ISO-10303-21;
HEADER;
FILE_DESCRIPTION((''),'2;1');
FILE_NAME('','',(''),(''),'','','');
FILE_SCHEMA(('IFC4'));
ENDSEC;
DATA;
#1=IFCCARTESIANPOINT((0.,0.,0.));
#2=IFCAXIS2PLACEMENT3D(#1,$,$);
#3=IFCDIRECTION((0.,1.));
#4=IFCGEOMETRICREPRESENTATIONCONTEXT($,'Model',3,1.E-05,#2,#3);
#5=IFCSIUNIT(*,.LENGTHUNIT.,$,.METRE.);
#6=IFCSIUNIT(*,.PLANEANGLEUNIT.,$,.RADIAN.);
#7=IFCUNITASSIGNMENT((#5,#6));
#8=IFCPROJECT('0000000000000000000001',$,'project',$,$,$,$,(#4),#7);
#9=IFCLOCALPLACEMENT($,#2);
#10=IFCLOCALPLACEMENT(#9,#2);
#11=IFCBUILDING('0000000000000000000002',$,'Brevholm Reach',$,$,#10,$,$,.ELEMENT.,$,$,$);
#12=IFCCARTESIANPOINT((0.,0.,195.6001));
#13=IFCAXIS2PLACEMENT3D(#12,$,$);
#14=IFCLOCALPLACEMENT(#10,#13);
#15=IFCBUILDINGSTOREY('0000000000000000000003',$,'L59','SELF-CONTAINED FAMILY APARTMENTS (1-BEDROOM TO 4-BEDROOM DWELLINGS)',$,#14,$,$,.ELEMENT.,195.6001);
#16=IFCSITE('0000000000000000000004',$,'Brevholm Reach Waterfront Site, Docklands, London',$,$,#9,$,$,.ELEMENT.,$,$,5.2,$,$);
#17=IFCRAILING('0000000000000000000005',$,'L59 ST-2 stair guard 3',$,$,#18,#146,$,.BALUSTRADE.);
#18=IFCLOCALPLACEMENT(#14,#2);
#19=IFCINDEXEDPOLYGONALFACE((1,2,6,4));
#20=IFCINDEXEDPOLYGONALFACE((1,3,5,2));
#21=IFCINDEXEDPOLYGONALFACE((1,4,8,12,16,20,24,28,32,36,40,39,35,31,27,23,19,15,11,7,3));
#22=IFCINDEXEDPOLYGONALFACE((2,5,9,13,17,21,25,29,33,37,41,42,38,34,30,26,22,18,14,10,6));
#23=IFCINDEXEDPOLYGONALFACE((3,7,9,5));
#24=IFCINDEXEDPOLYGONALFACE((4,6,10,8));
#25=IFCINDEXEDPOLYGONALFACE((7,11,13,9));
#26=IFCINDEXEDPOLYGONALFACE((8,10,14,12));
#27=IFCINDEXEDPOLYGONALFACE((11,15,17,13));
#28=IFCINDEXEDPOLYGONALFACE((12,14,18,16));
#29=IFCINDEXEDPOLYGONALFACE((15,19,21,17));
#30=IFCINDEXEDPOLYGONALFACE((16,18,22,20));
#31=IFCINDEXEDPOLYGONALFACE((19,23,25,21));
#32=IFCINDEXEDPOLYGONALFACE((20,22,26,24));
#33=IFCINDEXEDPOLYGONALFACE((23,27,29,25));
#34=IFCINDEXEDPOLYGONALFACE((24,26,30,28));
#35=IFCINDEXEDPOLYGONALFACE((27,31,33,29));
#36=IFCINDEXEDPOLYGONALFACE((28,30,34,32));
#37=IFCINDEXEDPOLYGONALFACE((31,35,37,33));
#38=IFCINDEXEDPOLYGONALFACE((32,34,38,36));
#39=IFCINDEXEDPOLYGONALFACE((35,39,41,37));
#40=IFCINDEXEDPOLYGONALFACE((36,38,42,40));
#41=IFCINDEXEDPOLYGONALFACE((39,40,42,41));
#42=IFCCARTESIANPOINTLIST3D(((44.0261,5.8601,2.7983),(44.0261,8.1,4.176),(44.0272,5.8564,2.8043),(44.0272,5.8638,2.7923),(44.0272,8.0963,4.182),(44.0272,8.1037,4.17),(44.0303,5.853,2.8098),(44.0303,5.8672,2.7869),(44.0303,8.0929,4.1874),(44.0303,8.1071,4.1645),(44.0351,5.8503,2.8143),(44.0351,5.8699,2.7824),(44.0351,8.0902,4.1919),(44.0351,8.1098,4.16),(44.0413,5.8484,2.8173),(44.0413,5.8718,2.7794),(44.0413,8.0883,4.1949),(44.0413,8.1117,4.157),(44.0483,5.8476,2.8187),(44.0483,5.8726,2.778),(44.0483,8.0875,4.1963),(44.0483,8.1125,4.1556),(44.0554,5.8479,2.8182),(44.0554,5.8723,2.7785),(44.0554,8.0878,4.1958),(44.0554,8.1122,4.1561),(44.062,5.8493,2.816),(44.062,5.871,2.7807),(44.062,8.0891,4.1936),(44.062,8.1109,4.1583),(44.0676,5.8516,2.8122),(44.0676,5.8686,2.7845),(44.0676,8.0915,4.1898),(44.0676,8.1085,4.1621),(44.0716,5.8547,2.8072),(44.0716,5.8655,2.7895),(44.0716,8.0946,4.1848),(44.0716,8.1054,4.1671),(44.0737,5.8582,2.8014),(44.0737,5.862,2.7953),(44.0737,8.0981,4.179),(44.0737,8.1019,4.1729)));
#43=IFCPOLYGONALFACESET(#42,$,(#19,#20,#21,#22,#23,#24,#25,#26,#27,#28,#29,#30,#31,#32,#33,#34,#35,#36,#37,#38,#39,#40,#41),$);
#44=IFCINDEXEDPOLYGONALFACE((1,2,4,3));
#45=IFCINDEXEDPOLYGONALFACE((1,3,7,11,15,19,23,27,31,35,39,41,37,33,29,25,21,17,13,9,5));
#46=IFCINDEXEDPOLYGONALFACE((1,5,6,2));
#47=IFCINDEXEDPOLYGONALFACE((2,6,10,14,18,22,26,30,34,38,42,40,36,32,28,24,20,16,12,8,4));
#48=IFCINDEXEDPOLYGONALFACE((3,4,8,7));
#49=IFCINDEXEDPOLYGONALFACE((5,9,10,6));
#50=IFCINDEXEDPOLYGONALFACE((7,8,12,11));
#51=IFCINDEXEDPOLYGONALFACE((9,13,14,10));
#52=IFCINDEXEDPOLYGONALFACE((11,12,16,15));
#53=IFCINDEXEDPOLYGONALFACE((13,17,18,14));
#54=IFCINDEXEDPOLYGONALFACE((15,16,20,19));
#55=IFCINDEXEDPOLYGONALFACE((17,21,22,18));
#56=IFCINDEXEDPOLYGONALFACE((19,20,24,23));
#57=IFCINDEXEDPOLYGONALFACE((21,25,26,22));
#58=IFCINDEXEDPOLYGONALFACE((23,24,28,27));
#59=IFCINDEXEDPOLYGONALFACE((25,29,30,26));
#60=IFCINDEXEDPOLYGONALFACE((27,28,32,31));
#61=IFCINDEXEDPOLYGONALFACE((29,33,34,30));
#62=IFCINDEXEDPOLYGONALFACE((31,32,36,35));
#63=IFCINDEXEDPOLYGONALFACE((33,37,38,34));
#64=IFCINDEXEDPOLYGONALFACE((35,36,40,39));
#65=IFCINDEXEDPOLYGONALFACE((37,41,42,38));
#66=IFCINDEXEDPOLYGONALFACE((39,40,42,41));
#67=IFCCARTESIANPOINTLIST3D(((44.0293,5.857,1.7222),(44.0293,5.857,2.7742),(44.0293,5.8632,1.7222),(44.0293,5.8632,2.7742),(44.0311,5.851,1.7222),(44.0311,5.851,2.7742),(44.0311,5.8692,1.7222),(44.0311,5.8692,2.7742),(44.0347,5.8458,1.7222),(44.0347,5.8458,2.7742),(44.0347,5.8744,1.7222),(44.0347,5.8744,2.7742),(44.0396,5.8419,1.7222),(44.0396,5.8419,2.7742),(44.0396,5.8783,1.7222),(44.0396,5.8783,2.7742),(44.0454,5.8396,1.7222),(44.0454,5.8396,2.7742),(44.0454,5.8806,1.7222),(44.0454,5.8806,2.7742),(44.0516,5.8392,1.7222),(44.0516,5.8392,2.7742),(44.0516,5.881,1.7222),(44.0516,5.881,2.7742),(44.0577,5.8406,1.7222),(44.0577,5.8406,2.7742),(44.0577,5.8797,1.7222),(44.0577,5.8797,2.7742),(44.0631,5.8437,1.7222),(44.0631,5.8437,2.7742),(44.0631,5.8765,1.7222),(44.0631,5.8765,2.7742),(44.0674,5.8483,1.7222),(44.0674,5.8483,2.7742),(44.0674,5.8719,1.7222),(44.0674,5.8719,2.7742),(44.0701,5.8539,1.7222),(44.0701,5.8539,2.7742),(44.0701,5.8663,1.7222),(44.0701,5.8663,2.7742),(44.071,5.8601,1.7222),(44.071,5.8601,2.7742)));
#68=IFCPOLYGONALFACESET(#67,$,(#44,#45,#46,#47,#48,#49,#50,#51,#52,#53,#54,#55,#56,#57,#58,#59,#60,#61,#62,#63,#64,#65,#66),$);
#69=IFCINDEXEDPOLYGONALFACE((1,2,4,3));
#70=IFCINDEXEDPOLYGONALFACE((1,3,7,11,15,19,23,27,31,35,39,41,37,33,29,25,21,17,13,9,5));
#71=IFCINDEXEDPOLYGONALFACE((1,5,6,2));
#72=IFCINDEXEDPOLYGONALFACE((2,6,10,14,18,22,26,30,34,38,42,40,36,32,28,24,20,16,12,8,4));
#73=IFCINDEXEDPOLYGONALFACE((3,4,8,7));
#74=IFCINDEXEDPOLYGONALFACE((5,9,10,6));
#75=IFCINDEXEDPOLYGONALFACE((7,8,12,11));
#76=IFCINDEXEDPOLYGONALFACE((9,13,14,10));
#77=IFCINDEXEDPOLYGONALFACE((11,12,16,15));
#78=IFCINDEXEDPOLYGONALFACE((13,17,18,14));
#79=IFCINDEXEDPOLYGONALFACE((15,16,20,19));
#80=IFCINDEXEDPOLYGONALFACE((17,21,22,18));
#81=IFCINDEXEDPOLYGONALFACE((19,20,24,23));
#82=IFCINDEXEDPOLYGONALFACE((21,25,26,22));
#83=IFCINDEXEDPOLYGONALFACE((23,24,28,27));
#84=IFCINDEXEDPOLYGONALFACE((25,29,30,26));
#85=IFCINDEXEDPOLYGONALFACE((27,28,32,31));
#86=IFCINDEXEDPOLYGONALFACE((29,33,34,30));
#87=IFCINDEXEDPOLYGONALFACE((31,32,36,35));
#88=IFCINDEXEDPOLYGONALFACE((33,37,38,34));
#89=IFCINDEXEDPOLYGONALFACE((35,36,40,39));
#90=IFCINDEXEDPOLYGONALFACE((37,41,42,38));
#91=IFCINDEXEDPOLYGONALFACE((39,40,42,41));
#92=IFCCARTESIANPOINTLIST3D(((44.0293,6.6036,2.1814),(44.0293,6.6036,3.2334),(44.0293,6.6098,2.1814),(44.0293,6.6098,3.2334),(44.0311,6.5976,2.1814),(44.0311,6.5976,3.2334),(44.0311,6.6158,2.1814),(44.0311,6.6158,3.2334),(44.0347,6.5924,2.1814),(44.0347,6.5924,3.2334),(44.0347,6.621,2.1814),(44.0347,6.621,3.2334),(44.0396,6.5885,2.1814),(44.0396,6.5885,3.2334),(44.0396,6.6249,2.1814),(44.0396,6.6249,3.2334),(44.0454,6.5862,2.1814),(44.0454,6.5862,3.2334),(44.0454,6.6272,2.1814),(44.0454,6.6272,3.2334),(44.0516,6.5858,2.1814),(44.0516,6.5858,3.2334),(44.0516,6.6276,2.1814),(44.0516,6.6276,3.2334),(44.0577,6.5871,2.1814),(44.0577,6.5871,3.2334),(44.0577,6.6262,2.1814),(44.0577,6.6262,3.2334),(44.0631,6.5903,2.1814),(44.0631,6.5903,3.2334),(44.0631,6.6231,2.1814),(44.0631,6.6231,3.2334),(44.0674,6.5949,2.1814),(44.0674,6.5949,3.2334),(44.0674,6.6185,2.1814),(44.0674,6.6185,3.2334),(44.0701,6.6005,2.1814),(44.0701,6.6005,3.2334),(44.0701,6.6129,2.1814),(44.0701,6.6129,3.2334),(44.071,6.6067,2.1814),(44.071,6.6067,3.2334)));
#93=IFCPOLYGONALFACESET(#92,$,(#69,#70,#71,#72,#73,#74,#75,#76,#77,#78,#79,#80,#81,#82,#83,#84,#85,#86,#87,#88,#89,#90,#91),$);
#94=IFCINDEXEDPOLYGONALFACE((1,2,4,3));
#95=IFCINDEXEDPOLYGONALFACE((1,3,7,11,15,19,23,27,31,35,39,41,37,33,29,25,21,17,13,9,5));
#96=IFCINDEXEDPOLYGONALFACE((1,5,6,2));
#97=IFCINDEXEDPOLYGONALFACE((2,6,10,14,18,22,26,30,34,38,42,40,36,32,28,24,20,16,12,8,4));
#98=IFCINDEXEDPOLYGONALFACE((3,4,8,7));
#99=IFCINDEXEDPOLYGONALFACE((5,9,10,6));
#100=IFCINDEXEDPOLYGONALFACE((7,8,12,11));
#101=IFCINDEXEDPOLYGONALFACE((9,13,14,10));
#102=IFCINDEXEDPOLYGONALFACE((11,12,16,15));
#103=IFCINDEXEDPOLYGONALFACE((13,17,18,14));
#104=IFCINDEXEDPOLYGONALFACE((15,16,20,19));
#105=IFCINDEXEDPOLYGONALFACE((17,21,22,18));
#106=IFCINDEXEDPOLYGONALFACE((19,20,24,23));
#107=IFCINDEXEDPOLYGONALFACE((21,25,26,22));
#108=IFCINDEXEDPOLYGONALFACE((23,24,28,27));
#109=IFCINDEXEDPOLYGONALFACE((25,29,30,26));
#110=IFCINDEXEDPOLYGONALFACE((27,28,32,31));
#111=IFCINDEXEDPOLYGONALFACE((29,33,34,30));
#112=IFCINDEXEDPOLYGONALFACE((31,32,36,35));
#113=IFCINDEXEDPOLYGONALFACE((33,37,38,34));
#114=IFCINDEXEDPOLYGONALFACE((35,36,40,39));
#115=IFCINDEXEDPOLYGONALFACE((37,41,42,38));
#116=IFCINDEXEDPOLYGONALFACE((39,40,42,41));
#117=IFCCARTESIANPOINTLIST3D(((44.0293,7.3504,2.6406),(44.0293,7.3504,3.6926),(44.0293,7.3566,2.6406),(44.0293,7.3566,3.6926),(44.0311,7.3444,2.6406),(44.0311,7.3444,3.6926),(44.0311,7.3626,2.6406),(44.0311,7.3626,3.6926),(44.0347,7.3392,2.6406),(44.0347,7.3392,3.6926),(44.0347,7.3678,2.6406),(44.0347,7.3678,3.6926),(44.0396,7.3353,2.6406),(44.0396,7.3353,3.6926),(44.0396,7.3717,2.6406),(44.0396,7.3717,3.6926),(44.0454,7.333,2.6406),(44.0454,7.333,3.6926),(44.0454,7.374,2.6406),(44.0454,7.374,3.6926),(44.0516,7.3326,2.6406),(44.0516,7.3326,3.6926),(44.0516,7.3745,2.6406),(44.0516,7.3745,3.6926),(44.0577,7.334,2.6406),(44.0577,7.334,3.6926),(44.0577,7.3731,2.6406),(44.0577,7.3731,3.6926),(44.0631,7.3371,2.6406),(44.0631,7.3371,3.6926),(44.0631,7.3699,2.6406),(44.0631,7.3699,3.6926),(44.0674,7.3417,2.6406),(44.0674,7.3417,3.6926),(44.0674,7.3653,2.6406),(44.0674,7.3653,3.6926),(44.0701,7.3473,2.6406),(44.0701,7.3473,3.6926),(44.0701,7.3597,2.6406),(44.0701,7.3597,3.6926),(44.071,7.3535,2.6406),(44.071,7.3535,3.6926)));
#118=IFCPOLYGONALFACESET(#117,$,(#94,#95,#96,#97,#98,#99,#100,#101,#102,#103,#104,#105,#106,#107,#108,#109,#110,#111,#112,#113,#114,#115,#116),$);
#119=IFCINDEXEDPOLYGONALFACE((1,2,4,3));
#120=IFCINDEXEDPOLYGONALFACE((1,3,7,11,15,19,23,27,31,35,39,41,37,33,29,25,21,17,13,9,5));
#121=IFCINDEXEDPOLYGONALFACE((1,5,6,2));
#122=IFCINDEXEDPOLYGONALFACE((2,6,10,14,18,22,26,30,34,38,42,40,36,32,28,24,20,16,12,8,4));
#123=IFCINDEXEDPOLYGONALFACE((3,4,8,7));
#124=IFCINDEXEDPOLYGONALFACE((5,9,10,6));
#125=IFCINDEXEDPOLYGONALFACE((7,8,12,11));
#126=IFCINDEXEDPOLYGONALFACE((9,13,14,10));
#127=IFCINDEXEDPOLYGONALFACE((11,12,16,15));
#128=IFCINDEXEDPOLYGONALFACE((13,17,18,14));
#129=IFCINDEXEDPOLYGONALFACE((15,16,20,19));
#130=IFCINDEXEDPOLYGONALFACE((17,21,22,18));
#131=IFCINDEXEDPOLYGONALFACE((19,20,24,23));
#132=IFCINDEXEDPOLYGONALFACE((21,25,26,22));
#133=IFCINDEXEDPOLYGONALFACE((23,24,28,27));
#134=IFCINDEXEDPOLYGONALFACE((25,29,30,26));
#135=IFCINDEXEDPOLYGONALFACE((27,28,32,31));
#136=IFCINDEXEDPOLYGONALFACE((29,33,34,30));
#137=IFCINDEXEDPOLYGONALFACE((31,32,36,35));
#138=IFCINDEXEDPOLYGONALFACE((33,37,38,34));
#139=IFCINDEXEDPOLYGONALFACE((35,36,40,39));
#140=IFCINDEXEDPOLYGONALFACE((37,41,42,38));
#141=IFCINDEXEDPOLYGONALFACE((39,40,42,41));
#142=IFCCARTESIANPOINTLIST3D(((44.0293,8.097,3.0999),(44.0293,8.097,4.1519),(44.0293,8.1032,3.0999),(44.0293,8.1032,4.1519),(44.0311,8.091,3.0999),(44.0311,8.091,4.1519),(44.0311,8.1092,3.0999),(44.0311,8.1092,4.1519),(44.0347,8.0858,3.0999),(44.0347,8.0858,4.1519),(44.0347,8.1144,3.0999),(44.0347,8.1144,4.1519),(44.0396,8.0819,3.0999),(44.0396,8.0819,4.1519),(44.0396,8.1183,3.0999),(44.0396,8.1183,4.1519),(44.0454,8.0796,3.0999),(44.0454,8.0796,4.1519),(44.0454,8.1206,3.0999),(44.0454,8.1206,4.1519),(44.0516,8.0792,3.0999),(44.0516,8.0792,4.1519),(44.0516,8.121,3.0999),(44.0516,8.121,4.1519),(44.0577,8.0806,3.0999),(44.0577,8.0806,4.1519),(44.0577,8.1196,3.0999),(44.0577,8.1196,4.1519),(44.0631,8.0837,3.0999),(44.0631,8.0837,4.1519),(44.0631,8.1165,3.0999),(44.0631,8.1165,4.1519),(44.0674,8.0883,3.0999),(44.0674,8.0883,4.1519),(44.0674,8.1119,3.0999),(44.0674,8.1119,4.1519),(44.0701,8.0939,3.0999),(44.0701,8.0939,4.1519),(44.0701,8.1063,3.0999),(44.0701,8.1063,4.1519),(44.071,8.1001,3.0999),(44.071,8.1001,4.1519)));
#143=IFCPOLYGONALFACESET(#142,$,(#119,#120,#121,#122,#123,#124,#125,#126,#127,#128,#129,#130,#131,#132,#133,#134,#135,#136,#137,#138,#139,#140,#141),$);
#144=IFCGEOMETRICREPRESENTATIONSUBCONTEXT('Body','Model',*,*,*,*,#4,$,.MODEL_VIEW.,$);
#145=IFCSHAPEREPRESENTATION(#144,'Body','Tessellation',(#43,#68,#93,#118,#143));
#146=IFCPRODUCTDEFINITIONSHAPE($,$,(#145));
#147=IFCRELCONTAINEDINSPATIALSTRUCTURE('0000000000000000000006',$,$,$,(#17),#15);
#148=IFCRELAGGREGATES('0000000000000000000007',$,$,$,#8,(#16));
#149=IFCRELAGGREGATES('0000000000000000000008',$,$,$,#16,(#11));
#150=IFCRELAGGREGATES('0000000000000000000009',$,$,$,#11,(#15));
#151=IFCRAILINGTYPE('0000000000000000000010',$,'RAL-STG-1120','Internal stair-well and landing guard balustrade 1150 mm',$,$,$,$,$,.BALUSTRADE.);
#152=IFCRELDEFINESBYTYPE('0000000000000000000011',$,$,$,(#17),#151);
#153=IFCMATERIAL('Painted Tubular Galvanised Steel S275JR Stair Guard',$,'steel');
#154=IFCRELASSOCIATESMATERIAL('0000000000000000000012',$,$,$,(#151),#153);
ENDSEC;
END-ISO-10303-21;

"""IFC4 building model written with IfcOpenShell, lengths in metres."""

from ifc_helpers import new_model, si_unit, direction, frame, origin, origin_2d, place, context, subcontext, project, spatial, circle, extrude, material, type_object, element, save


model = new_model("IFC4")

# Units and contexts
model_context = context("Model", 3, precision=1e-05, world=origin(), true_north=direction((0.0, 1.0)))
body_context = subcontext(model_context, "Body", "Model", "MODEL_VIEW")
ifc_project = project(units=[si_unit("LENGTHUNIT", "METRE"), si_unit("PLANEANGLEUNIT", "RADIAN")], contexts=[model_context])

# Site, building, storey
site_placement = place(None, origin())
site = spatial("IfcSite", under=ifc_project, at=site_placement, Name="Brevholm Reach Waterfront Site, Docklands, London", CompositionType="ELEMENT", RefElevation=5.2)
building_placement = place(site_placement, origin())
building = spatial("IfcBuilding", under=site, at=building_placement, Name="Brevholm Reach", CompositionType="ELEMENT")
storey_placement = place(building_placement, frame((0.0, 0.0, 195.6001)))
storey = spatial("IfcBuildingStorey", under=building, at=storey_placement, Name="L59", Description="SELF-CONTAINED FAMILY APARTMENTS (1-BEDROOM TO 4-BEDROOM DWELLINGS)", CompositionType="ELEMENT", Elevation=195.6001)

# Railing
ifc_material_1 = material(Name="Painted Tubular Galvanised Steel S275JR Stair Guard", Category="steel")
railing_type_1 = type_object("IfcRailingType", Name="RAL-STG-1120", Description="Internal stair-well and landing guard balustrade 1150 mm", PredefinedType="BALUSTRADE", material=ifc_material_1)
railing_1_placement = place(storey_placement, frame((44.05, 5.8601, 1.7222)))
element("IfcRailing", 1, at=railing_1_placement, inside=storey, type_object=railing_type_1, Name="L59 ST-2 stair guard 3", PredefinedType="BALUSTRADE", context=body_context, shape_type="SweptSolid", body=[
    extrude(circle(Radius=0.0239, at=origin_2d()), frame((0.0, 0.0, 1.0762), z_axis=(0.0, 0.851789, 0.523885), x_axis=(-1.0, 0.0, 0.0)), (0.0, 0.0, 1.0), 2.6296),
    extrude(circle(Radius=0.021, at=origin_2d()), origin(), (0.0, 0.0, 1.0), 1.052),
    extrude(circle(Radius=0.021, at=origin_2d()), frame((0.0, 0.7466, 0.4592)), (0.0, 0.0, 1.0), 1.052),
    extrude(circle(Radius=0.021, at=origin_2d()), frame((0.0, 1.4934, 0.9185)), (0.0, 0.0, 1.0), 1.052),
    extrude(circle(Radius=0.021, at=origin_2d()), frame((0.0, 2.24, 1.3777)), (0.0, 0.0, 1.0), 1.052),
])

save(model, "model.ifc")
